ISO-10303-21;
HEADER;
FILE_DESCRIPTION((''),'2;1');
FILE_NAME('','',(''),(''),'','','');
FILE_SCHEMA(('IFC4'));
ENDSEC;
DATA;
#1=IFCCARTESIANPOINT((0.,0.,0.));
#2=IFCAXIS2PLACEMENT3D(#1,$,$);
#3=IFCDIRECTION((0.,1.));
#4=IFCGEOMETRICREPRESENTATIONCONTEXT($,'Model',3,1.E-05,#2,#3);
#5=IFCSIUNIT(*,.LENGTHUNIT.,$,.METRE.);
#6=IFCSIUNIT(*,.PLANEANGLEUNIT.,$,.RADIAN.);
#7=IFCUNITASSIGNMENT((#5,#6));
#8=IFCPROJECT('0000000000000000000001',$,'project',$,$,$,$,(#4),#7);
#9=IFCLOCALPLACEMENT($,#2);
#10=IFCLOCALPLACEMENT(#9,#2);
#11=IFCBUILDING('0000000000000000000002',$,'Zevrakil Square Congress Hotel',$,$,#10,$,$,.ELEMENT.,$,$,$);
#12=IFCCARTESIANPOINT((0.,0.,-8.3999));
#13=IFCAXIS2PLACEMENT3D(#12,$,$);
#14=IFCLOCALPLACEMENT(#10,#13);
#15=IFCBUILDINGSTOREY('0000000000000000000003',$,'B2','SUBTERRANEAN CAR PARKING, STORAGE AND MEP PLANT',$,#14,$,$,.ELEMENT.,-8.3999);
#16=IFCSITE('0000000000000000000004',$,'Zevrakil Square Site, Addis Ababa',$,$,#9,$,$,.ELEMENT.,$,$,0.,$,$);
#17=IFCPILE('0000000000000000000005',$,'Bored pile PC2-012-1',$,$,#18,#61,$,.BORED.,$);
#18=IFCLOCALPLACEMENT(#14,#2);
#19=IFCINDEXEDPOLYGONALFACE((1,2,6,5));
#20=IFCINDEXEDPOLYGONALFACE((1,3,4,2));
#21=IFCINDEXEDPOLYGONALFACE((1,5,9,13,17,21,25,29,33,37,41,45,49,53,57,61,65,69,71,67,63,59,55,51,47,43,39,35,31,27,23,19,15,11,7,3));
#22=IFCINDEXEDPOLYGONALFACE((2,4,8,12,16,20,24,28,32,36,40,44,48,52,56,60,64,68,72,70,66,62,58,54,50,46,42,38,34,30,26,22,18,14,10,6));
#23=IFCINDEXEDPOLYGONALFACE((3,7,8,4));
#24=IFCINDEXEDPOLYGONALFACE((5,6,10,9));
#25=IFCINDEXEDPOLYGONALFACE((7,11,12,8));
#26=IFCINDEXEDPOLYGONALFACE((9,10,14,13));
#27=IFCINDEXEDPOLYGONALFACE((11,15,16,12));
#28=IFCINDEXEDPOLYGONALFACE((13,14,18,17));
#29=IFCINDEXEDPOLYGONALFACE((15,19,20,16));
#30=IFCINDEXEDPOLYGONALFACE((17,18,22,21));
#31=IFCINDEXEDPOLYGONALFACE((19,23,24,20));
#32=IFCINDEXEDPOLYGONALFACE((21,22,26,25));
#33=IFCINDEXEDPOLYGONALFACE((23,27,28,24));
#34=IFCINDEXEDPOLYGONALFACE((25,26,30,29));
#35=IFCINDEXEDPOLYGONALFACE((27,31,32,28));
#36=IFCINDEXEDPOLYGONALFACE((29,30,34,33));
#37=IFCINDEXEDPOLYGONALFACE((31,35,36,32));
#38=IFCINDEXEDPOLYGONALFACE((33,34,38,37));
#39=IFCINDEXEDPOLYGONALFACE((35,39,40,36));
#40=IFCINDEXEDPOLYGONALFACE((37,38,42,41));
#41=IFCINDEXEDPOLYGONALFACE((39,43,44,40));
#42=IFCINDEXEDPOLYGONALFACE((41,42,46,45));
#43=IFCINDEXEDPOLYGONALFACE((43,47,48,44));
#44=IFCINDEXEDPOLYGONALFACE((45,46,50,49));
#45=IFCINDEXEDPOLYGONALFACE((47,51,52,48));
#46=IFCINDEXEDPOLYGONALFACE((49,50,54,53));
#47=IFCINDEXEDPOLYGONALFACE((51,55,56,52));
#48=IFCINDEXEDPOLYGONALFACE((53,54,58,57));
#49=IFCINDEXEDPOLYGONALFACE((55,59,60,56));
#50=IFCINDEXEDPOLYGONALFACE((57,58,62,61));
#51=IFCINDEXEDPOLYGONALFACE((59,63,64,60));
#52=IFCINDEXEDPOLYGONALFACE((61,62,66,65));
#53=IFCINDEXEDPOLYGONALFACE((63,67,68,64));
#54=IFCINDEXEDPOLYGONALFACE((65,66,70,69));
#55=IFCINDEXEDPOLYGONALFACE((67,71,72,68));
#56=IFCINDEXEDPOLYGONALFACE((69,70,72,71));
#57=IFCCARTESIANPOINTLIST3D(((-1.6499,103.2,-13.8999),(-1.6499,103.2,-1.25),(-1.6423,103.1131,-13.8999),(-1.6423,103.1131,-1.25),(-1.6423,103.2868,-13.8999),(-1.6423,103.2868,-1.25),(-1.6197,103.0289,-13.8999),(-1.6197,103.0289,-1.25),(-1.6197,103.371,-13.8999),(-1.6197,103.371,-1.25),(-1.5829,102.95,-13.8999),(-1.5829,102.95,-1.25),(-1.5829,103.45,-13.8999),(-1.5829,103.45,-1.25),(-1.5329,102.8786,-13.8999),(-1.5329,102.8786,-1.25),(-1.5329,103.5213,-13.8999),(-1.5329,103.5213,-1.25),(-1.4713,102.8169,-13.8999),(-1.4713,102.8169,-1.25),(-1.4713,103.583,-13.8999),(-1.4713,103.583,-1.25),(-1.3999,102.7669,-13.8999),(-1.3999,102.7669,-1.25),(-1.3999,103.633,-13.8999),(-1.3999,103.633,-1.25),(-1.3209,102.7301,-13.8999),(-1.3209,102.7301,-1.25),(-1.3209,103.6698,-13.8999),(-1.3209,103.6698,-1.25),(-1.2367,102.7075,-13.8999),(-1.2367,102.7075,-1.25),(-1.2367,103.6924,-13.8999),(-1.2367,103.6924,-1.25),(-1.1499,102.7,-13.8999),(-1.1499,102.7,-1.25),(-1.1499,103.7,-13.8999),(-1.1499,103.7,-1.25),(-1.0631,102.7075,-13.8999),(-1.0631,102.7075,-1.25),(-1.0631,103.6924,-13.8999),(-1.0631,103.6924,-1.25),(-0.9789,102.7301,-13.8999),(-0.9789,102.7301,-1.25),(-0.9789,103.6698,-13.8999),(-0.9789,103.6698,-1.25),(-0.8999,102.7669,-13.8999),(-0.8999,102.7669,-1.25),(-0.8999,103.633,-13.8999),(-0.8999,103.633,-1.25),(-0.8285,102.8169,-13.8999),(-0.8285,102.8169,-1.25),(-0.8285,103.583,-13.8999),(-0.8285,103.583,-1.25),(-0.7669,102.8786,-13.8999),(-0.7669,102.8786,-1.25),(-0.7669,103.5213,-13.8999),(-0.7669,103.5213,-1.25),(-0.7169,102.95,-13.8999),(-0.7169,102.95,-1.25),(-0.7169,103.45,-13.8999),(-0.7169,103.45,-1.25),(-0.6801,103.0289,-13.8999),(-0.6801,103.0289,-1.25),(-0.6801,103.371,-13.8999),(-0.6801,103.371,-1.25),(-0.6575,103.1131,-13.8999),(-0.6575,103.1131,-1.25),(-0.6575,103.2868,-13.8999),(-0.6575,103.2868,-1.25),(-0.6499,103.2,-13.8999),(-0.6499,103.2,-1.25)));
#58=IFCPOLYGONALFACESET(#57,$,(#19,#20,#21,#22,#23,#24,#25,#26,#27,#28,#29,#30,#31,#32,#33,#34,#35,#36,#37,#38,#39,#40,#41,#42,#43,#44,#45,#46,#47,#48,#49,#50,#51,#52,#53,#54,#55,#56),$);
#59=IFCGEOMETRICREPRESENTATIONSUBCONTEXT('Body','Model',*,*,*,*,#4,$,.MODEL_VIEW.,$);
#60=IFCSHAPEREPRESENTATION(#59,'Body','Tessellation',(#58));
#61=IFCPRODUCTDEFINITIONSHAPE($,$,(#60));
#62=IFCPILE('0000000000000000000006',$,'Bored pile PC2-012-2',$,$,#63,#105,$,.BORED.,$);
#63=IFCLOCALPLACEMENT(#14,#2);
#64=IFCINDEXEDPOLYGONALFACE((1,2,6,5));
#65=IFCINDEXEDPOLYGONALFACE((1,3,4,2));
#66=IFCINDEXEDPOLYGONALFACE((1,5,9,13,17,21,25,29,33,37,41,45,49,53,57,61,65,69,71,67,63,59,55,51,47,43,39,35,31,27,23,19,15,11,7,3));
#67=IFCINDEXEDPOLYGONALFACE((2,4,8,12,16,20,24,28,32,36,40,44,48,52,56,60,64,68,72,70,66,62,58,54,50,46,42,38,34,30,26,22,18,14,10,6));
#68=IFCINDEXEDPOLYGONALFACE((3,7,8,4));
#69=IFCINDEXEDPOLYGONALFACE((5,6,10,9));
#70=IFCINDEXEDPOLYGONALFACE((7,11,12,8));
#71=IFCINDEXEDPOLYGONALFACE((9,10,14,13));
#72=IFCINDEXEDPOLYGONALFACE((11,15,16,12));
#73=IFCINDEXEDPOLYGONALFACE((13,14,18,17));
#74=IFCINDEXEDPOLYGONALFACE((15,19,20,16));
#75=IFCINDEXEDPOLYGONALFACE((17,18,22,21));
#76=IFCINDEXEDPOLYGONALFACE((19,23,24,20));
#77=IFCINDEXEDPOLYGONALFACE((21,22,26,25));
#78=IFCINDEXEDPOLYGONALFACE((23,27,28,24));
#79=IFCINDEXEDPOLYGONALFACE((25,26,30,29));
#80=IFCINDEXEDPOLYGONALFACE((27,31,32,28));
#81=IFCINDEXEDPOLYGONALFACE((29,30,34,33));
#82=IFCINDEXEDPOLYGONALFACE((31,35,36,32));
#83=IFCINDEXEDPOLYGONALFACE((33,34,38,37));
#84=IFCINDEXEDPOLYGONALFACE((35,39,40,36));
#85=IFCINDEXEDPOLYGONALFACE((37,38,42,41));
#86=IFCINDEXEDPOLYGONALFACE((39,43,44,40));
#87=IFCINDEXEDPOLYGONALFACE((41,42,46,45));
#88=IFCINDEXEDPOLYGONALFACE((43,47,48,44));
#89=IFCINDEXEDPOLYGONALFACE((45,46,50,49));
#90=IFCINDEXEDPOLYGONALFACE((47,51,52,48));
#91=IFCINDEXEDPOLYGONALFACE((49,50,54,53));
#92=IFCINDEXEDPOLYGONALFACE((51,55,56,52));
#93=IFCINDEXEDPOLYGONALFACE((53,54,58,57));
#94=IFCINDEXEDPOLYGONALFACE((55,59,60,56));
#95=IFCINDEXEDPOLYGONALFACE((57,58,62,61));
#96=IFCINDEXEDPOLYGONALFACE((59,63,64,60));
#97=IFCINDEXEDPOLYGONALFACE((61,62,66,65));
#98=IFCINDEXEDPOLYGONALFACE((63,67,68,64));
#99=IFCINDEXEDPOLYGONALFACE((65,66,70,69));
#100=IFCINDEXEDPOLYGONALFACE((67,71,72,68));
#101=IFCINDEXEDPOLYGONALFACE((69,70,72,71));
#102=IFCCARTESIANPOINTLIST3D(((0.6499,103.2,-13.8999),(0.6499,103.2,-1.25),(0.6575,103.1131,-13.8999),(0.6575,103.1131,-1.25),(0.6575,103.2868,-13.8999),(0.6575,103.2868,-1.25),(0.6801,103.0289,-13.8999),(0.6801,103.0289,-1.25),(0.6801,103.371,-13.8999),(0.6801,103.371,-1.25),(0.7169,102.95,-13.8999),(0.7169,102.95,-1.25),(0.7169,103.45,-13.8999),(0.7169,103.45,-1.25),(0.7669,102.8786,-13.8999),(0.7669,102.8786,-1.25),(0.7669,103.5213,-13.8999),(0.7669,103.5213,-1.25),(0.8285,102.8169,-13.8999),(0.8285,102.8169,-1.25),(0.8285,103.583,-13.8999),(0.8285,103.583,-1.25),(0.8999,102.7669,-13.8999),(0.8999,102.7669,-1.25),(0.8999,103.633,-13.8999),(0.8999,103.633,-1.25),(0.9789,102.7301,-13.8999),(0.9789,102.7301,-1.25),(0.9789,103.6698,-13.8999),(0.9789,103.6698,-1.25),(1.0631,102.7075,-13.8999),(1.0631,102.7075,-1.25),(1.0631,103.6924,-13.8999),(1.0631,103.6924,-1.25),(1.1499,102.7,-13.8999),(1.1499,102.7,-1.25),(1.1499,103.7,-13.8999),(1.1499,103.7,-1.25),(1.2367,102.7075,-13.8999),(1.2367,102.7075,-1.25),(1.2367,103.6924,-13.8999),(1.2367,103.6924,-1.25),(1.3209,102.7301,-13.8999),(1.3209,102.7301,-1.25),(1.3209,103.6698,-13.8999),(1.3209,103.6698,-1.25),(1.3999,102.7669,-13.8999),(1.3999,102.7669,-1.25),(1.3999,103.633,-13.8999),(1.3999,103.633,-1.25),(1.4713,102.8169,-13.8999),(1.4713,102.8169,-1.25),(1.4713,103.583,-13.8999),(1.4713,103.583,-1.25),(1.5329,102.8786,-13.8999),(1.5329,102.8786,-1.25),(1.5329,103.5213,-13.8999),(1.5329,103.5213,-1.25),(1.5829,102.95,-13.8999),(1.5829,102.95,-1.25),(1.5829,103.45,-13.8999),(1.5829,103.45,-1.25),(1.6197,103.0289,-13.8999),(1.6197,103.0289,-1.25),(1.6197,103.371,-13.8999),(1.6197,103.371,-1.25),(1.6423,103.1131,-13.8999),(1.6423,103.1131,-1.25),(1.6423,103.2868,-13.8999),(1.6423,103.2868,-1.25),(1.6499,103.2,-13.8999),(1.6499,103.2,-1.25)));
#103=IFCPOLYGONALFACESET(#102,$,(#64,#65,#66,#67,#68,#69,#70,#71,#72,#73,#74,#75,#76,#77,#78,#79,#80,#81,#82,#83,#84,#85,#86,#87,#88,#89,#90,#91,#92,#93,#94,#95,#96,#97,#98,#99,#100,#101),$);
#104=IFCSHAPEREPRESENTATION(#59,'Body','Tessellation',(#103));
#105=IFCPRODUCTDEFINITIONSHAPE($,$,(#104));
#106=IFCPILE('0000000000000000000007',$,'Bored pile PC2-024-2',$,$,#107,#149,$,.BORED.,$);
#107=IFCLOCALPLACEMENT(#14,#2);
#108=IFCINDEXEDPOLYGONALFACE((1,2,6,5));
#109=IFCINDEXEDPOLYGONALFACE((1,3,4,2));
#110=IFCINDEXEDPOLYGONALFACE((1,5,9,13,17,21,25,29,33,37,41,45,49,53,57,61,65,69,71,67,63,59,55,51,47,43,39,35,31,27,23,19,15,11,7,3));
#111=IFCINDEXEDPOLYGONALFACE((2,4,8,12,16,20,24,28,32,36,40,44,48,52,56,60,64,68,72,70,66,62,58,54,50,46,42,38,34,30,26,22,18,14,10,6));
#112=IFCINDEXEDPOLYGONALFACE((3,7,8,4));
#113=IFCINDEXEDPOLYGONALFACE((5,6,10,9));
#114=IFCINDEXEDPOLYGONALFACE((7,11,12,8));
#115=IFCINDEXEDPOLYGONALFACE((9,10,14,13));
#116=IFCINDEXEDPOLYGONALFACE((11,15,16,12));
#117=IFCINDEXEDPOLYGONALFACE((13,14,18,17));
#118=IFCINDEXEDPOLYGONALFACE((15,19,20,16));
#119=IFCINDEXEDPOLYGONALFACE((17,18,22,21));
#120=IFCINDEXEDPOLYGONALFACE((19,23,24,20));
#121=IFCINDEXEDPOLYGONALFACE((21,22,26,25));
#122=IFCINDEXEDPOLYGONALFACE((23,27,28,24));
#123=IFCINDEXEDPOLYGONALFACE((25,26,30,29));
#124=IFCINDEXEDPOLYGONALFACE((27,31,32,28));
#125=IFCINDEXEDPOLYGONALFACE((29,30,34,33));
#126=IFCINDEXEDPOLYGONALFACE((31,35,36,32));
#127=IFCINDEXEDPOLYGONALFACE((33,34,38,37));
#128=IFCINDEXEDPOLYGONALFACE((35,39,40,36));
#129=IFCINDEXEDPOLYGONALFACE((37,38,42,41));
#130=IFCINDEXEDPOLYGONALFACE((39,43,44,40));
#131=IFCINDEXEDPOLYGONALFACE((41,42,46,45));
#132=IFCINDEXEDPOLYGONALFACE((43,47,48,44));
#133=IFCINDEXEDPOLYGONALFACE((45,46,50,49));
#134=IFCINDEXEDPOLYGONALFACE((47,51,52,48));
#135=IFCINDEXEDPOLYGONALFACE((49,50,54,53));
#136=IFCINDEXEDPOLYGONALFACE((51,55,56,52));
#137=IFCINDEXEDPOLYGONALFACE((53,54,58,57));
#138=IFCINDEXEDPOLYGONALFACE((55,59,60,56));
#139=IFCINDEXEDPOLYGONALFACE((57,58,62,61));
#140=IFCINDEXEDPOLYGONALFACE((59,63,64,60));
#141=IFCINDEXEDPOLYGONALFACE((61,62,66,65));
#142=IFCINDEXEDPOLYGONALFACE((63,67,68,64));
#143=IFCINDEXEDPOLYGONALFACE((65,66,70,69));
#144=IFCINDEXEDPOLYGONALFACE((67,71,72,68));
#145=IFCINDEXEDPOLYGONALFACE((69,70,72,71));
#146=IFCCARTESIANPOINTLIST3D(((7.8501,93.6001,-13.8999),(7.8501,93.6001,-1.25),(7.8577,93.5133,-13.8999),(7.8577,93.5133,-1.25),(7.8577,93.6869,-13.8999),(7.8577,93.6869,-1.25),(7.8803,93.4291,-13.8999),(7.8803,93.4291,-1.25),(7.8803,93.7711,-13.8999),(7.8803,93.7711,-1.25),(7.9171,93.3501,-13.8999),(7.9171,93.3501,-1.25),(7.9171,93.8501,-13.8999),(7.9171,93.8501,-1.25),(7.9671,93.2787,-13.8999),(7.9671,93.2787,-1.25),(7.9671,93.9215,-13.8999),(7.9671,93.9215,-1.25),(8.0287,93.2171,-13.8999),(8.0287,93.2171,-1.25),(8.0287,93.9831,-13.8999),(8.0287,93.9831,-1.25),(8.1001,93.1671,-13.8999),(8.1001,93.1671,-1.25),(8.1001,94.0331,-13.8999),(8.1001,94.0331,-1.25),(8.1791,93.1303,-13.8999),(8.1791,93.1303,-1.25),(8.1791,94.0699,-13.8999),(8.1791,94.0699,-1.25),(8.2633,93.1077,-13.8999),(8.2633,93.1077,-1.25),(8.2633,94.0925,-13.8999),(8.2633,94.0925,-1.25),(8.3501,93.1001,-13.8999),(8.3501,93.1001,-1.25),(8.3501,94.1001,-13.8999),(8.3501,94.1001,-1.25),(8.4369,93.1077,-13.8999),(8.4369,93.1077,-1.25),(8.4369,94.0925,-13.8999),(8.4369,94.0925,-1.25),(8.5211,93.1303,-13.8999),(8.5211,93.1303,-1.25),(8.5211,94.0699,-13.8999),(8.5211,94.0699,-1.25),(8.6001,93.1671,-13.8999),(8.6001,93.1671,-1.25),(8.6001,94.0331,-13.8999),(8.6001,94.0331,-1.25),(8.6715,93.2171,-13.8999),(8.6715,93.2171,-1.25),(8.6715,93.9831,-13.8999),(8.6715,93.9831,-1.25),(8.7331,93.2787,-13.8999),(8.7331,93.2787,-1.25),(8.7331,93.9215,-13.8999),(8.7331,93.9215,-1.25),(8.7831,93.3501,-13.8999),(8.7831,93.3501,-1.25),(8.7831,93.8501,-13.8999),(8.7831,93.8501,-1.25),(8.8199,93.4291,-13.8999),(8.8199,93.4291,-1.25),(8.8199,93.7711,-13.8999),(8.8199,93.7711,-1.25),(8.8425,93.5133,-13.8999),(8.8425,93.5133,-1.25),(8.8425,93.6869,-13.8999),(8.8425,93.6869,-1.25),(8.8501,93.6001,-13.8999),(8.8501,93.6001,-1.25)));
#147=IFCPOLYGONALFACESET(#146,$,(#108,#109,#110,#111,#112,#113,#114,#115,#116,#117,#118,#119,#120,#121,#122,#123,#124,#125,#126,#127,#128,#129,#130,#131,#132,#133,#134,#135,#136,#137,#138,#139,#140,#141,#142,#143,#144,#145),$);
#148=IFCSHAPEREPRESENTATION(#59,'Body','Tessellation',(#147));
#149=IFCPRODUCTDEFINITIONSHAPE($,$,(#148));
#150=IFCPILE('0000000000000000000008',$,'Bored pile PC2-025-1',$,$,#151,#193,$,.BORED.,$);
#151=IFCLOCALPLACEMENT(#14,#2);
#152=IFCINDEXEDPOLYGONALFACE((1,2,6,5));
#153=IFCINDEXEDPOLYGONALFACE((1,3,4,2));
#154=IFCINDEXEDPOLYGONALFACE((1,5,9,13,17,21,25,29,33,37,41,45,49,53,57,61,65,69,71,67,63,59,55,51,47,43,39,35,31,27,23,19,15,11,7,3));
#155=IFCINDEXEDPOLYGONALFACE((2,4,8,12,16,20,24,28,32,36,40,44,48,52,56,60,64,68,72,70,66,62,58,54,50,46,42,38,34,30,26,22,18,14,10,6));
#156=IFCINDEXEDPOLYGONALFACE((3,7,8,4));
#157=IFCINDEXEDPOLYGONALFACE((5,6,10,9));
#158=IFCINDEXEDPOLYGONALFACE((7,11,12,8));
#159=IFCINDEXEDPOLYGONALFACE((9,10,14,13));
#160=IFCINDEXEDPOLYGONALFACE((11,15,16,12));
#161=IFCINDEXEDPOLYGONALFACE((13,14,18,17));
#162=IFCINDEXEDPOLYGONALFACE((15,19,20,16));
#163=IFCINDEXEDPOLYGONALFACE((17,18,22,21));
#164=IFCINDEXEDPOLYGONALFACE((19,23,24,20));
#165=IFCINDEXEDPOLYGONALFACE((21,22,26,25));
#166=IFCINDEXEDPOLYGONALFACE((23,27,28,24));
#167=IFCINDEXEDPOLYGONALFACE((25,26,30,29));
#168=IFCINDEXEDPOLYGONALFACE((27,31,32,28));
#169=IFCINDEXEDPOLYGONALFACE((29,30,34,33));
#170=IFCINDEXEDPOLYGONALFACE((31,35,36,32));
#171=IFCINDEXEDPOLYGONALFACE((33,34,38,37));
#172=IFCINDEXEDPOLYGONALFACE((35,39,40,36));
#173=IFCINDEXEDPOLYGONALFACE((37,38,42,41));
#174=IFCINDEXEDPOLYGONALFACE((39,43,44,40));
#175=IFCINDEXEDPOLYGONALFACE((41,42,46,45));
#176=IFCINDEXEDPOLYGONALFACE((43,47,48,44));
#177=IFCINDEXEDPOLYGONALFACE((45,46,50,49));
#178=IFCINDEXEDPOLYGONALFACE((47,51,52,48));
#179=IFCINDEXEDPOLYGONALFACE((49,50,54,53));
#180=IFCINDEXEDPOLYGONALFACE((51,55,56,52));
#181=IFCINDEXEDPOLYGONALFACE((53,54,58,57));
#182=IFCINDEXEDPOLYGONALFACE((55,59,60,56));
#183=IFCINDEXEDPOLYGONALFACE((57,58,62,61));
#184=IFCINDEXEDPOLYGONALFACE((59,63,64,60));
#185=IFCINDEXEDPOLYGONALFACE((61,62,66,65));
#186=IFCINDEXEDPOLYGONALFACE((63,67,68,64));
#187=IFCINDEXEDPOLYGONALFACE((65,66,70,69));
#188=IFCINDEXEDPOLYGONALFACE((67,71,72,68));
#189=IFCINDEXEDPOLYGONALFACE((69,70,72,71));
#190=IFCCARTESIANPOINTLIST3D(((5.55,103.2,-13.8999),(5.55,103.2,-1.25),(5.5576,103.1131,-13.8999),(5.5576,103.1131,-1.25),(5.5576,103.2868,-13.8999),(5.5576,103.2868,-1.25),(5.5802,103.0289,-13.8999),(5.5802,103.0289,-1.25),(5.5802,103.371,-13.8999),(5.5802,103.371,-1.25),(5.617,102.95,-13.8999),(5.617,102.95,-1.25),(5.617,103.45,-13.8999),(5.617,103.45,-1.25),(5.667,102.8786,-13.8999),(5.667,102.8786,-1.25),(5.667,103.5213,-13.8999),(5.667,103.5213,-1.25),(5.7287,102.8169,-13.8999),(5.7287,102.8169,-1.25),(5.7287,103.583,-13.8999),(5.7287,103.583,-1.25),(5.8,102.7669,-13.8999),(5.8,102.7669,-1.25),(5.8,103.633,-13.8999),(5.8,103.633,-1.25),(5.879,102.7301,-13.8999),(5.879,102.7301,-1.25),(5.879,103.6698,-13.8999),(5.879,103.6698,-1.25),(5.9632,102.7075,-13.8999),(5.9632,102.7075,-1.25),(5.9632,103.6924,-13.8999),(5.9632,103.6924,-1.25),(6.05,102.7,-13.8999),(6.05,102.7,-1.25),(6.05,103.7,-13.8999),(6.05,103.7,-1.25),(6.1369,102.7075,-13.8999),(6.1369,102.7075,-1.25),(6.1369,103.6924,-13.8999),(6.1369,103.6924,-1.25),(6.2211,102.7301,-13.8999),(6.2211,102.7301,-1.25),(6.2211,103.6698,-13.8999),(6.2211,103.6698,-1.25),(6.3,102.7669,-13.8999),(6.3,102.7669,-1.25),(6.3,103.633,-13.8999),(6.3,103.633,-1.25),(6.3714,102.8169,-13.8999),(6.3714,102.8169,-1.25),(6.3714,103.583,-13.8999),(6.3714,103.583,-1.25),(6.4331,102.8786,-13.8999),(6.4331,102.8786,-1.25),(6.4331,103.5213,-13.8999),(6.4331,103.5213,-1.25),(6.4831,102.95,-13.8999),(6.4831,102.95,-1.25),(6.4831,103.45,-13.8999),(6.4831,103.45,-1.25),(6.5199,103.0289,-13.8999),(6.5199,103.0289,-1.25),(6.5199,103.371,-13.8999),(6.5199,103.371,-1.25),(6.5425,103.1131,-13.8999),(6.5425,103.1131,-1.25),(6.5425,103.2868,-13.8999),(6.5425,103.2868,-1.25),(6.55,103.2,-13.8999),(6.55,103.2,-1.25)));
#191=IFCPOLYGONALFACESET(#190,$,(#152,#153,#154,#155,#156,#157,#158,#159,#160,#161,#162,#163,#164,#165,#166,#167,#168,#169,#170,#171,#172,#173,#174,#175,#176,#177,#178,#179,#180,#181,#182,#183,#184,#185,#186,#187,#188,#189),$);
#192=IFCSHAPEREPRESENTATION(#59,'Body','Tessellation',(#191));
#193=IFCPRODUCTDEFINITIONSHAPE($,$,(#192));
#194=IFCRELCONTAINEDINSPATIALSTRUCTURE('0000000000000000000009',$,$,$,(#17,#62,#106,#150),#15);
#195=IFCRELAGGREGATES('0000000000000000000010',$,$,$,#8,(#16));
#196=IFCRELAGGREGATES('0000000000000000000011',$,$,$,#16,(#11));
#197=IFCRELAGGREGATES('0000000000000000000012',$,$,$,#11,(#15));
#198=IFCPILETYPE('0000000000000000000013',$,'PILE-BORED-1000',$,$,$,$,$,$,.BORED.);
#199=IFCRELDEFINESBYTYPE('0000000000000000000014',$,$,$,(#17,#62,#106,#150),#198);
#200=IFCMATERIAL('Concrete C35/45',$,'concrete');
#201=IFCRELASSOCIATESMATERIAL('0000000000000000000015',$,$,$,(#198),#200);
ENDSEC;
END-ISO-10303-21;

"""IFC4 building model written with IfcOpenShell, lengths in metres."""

from ifc_helpers import new_model, si_unit, direction, frame, origin, origin_2d, place, context, subcontext, project, spatial, circle, extrude, material, material_profile, profile_set, type_object, element, save


model = new_model("IFC4")

# Units and contexts
model_context = context("Model", 3, precision=1e-05, world=origin(), true_north=direction((0.0, 1.0)))
body_context = subcontext(model_context, "Body", "Model", "MODEL_VIEW")
ifc_project = project(units=[si_unit("LENGTHUNIT", "METRE"), si_unit("PLANEANGLEUNIT", "RADIAN")], contexts=[model_context])

# Site, building, storey
site_placement = place(None, origin())
site = spatial("IfcSite", under=ifc_project, at=site_placement, Name="Zevrakil Square Site, Addis Ababa", CompositionType="ELEMENT", RefElevation=0.0)
building_placement = place(site_placement, origin())
building = spatial("IfcBuilding", under=site, at=building_placement, Name="Zevrakil Square Congress Hotel", CompositionType="ELEMENT")
storey_placement = place(building_placement, frame((0.0, 0.0, -8.3999)))
storey = spatial("IfcBuildingStorey", under=building, at=storey_placement, Name="B2", Description="SUBTERRANEAN CAR PARKING, STORAGE AND MEP PLANT", CompositionType="ELEMENT", Elevation=-8.3999)

# Piles
ifc_material_1 = material(Name="Concrete C35/45", Category="concrete")
ifc_material_profile_1 = material_profile(ifc_material_1, circle(Radius=0.5, at=origin_2d()), Name="PILE D1000")
ifc_profile_set_1 = profile_set([ifc_material_profile_1], Name="Concrete C35/45")
pile_type = type_object("IfcPileType", Name="PILE-BORED-1000", PredefinedType="BORED", material=ifc_profile_set_1)
for number, where, z_axis, x_axis, name in (
    (1, (-1.1499, 103.2, -1.25), (0.0, 0.0, -1.0), (1.0, 0.0, 0.0), "Bored pile PC2-012-1"),
    (2, (1.1499, 103.2, -1.25), (0.0, 0.0, -1.0), (1.0, 0.0, 0.0), "Bored pile PC2-012-2"),
    (3, (8.3501, 93.6001, -1.25), (0.0, 0.0, -1.0), (1.0, 0.0, 0.0), "Bored pile PC2-024-2"),
    (4, (6.05, 103.2, -1.25), (0.0, 0.0, -1.0), (1.0, 0.0, 0.0), "Bored pile PC2-025-1"),
):
    element("IfcPile", number, at=place(storey_placement, frame(where, z_axis=z_axis, x_axis=x_axis)), inside=storey, type_object=pile_type, Name=name, PredefinedType="BORED", context=body_context, shape_type="SweptSolid", body=[
        extrude(circle(Radius=0.5, at=origin_2d()), origin(), (0.0, 0.0, 1.0), 12.6499),
    ])

save(model, "model.ifc")
